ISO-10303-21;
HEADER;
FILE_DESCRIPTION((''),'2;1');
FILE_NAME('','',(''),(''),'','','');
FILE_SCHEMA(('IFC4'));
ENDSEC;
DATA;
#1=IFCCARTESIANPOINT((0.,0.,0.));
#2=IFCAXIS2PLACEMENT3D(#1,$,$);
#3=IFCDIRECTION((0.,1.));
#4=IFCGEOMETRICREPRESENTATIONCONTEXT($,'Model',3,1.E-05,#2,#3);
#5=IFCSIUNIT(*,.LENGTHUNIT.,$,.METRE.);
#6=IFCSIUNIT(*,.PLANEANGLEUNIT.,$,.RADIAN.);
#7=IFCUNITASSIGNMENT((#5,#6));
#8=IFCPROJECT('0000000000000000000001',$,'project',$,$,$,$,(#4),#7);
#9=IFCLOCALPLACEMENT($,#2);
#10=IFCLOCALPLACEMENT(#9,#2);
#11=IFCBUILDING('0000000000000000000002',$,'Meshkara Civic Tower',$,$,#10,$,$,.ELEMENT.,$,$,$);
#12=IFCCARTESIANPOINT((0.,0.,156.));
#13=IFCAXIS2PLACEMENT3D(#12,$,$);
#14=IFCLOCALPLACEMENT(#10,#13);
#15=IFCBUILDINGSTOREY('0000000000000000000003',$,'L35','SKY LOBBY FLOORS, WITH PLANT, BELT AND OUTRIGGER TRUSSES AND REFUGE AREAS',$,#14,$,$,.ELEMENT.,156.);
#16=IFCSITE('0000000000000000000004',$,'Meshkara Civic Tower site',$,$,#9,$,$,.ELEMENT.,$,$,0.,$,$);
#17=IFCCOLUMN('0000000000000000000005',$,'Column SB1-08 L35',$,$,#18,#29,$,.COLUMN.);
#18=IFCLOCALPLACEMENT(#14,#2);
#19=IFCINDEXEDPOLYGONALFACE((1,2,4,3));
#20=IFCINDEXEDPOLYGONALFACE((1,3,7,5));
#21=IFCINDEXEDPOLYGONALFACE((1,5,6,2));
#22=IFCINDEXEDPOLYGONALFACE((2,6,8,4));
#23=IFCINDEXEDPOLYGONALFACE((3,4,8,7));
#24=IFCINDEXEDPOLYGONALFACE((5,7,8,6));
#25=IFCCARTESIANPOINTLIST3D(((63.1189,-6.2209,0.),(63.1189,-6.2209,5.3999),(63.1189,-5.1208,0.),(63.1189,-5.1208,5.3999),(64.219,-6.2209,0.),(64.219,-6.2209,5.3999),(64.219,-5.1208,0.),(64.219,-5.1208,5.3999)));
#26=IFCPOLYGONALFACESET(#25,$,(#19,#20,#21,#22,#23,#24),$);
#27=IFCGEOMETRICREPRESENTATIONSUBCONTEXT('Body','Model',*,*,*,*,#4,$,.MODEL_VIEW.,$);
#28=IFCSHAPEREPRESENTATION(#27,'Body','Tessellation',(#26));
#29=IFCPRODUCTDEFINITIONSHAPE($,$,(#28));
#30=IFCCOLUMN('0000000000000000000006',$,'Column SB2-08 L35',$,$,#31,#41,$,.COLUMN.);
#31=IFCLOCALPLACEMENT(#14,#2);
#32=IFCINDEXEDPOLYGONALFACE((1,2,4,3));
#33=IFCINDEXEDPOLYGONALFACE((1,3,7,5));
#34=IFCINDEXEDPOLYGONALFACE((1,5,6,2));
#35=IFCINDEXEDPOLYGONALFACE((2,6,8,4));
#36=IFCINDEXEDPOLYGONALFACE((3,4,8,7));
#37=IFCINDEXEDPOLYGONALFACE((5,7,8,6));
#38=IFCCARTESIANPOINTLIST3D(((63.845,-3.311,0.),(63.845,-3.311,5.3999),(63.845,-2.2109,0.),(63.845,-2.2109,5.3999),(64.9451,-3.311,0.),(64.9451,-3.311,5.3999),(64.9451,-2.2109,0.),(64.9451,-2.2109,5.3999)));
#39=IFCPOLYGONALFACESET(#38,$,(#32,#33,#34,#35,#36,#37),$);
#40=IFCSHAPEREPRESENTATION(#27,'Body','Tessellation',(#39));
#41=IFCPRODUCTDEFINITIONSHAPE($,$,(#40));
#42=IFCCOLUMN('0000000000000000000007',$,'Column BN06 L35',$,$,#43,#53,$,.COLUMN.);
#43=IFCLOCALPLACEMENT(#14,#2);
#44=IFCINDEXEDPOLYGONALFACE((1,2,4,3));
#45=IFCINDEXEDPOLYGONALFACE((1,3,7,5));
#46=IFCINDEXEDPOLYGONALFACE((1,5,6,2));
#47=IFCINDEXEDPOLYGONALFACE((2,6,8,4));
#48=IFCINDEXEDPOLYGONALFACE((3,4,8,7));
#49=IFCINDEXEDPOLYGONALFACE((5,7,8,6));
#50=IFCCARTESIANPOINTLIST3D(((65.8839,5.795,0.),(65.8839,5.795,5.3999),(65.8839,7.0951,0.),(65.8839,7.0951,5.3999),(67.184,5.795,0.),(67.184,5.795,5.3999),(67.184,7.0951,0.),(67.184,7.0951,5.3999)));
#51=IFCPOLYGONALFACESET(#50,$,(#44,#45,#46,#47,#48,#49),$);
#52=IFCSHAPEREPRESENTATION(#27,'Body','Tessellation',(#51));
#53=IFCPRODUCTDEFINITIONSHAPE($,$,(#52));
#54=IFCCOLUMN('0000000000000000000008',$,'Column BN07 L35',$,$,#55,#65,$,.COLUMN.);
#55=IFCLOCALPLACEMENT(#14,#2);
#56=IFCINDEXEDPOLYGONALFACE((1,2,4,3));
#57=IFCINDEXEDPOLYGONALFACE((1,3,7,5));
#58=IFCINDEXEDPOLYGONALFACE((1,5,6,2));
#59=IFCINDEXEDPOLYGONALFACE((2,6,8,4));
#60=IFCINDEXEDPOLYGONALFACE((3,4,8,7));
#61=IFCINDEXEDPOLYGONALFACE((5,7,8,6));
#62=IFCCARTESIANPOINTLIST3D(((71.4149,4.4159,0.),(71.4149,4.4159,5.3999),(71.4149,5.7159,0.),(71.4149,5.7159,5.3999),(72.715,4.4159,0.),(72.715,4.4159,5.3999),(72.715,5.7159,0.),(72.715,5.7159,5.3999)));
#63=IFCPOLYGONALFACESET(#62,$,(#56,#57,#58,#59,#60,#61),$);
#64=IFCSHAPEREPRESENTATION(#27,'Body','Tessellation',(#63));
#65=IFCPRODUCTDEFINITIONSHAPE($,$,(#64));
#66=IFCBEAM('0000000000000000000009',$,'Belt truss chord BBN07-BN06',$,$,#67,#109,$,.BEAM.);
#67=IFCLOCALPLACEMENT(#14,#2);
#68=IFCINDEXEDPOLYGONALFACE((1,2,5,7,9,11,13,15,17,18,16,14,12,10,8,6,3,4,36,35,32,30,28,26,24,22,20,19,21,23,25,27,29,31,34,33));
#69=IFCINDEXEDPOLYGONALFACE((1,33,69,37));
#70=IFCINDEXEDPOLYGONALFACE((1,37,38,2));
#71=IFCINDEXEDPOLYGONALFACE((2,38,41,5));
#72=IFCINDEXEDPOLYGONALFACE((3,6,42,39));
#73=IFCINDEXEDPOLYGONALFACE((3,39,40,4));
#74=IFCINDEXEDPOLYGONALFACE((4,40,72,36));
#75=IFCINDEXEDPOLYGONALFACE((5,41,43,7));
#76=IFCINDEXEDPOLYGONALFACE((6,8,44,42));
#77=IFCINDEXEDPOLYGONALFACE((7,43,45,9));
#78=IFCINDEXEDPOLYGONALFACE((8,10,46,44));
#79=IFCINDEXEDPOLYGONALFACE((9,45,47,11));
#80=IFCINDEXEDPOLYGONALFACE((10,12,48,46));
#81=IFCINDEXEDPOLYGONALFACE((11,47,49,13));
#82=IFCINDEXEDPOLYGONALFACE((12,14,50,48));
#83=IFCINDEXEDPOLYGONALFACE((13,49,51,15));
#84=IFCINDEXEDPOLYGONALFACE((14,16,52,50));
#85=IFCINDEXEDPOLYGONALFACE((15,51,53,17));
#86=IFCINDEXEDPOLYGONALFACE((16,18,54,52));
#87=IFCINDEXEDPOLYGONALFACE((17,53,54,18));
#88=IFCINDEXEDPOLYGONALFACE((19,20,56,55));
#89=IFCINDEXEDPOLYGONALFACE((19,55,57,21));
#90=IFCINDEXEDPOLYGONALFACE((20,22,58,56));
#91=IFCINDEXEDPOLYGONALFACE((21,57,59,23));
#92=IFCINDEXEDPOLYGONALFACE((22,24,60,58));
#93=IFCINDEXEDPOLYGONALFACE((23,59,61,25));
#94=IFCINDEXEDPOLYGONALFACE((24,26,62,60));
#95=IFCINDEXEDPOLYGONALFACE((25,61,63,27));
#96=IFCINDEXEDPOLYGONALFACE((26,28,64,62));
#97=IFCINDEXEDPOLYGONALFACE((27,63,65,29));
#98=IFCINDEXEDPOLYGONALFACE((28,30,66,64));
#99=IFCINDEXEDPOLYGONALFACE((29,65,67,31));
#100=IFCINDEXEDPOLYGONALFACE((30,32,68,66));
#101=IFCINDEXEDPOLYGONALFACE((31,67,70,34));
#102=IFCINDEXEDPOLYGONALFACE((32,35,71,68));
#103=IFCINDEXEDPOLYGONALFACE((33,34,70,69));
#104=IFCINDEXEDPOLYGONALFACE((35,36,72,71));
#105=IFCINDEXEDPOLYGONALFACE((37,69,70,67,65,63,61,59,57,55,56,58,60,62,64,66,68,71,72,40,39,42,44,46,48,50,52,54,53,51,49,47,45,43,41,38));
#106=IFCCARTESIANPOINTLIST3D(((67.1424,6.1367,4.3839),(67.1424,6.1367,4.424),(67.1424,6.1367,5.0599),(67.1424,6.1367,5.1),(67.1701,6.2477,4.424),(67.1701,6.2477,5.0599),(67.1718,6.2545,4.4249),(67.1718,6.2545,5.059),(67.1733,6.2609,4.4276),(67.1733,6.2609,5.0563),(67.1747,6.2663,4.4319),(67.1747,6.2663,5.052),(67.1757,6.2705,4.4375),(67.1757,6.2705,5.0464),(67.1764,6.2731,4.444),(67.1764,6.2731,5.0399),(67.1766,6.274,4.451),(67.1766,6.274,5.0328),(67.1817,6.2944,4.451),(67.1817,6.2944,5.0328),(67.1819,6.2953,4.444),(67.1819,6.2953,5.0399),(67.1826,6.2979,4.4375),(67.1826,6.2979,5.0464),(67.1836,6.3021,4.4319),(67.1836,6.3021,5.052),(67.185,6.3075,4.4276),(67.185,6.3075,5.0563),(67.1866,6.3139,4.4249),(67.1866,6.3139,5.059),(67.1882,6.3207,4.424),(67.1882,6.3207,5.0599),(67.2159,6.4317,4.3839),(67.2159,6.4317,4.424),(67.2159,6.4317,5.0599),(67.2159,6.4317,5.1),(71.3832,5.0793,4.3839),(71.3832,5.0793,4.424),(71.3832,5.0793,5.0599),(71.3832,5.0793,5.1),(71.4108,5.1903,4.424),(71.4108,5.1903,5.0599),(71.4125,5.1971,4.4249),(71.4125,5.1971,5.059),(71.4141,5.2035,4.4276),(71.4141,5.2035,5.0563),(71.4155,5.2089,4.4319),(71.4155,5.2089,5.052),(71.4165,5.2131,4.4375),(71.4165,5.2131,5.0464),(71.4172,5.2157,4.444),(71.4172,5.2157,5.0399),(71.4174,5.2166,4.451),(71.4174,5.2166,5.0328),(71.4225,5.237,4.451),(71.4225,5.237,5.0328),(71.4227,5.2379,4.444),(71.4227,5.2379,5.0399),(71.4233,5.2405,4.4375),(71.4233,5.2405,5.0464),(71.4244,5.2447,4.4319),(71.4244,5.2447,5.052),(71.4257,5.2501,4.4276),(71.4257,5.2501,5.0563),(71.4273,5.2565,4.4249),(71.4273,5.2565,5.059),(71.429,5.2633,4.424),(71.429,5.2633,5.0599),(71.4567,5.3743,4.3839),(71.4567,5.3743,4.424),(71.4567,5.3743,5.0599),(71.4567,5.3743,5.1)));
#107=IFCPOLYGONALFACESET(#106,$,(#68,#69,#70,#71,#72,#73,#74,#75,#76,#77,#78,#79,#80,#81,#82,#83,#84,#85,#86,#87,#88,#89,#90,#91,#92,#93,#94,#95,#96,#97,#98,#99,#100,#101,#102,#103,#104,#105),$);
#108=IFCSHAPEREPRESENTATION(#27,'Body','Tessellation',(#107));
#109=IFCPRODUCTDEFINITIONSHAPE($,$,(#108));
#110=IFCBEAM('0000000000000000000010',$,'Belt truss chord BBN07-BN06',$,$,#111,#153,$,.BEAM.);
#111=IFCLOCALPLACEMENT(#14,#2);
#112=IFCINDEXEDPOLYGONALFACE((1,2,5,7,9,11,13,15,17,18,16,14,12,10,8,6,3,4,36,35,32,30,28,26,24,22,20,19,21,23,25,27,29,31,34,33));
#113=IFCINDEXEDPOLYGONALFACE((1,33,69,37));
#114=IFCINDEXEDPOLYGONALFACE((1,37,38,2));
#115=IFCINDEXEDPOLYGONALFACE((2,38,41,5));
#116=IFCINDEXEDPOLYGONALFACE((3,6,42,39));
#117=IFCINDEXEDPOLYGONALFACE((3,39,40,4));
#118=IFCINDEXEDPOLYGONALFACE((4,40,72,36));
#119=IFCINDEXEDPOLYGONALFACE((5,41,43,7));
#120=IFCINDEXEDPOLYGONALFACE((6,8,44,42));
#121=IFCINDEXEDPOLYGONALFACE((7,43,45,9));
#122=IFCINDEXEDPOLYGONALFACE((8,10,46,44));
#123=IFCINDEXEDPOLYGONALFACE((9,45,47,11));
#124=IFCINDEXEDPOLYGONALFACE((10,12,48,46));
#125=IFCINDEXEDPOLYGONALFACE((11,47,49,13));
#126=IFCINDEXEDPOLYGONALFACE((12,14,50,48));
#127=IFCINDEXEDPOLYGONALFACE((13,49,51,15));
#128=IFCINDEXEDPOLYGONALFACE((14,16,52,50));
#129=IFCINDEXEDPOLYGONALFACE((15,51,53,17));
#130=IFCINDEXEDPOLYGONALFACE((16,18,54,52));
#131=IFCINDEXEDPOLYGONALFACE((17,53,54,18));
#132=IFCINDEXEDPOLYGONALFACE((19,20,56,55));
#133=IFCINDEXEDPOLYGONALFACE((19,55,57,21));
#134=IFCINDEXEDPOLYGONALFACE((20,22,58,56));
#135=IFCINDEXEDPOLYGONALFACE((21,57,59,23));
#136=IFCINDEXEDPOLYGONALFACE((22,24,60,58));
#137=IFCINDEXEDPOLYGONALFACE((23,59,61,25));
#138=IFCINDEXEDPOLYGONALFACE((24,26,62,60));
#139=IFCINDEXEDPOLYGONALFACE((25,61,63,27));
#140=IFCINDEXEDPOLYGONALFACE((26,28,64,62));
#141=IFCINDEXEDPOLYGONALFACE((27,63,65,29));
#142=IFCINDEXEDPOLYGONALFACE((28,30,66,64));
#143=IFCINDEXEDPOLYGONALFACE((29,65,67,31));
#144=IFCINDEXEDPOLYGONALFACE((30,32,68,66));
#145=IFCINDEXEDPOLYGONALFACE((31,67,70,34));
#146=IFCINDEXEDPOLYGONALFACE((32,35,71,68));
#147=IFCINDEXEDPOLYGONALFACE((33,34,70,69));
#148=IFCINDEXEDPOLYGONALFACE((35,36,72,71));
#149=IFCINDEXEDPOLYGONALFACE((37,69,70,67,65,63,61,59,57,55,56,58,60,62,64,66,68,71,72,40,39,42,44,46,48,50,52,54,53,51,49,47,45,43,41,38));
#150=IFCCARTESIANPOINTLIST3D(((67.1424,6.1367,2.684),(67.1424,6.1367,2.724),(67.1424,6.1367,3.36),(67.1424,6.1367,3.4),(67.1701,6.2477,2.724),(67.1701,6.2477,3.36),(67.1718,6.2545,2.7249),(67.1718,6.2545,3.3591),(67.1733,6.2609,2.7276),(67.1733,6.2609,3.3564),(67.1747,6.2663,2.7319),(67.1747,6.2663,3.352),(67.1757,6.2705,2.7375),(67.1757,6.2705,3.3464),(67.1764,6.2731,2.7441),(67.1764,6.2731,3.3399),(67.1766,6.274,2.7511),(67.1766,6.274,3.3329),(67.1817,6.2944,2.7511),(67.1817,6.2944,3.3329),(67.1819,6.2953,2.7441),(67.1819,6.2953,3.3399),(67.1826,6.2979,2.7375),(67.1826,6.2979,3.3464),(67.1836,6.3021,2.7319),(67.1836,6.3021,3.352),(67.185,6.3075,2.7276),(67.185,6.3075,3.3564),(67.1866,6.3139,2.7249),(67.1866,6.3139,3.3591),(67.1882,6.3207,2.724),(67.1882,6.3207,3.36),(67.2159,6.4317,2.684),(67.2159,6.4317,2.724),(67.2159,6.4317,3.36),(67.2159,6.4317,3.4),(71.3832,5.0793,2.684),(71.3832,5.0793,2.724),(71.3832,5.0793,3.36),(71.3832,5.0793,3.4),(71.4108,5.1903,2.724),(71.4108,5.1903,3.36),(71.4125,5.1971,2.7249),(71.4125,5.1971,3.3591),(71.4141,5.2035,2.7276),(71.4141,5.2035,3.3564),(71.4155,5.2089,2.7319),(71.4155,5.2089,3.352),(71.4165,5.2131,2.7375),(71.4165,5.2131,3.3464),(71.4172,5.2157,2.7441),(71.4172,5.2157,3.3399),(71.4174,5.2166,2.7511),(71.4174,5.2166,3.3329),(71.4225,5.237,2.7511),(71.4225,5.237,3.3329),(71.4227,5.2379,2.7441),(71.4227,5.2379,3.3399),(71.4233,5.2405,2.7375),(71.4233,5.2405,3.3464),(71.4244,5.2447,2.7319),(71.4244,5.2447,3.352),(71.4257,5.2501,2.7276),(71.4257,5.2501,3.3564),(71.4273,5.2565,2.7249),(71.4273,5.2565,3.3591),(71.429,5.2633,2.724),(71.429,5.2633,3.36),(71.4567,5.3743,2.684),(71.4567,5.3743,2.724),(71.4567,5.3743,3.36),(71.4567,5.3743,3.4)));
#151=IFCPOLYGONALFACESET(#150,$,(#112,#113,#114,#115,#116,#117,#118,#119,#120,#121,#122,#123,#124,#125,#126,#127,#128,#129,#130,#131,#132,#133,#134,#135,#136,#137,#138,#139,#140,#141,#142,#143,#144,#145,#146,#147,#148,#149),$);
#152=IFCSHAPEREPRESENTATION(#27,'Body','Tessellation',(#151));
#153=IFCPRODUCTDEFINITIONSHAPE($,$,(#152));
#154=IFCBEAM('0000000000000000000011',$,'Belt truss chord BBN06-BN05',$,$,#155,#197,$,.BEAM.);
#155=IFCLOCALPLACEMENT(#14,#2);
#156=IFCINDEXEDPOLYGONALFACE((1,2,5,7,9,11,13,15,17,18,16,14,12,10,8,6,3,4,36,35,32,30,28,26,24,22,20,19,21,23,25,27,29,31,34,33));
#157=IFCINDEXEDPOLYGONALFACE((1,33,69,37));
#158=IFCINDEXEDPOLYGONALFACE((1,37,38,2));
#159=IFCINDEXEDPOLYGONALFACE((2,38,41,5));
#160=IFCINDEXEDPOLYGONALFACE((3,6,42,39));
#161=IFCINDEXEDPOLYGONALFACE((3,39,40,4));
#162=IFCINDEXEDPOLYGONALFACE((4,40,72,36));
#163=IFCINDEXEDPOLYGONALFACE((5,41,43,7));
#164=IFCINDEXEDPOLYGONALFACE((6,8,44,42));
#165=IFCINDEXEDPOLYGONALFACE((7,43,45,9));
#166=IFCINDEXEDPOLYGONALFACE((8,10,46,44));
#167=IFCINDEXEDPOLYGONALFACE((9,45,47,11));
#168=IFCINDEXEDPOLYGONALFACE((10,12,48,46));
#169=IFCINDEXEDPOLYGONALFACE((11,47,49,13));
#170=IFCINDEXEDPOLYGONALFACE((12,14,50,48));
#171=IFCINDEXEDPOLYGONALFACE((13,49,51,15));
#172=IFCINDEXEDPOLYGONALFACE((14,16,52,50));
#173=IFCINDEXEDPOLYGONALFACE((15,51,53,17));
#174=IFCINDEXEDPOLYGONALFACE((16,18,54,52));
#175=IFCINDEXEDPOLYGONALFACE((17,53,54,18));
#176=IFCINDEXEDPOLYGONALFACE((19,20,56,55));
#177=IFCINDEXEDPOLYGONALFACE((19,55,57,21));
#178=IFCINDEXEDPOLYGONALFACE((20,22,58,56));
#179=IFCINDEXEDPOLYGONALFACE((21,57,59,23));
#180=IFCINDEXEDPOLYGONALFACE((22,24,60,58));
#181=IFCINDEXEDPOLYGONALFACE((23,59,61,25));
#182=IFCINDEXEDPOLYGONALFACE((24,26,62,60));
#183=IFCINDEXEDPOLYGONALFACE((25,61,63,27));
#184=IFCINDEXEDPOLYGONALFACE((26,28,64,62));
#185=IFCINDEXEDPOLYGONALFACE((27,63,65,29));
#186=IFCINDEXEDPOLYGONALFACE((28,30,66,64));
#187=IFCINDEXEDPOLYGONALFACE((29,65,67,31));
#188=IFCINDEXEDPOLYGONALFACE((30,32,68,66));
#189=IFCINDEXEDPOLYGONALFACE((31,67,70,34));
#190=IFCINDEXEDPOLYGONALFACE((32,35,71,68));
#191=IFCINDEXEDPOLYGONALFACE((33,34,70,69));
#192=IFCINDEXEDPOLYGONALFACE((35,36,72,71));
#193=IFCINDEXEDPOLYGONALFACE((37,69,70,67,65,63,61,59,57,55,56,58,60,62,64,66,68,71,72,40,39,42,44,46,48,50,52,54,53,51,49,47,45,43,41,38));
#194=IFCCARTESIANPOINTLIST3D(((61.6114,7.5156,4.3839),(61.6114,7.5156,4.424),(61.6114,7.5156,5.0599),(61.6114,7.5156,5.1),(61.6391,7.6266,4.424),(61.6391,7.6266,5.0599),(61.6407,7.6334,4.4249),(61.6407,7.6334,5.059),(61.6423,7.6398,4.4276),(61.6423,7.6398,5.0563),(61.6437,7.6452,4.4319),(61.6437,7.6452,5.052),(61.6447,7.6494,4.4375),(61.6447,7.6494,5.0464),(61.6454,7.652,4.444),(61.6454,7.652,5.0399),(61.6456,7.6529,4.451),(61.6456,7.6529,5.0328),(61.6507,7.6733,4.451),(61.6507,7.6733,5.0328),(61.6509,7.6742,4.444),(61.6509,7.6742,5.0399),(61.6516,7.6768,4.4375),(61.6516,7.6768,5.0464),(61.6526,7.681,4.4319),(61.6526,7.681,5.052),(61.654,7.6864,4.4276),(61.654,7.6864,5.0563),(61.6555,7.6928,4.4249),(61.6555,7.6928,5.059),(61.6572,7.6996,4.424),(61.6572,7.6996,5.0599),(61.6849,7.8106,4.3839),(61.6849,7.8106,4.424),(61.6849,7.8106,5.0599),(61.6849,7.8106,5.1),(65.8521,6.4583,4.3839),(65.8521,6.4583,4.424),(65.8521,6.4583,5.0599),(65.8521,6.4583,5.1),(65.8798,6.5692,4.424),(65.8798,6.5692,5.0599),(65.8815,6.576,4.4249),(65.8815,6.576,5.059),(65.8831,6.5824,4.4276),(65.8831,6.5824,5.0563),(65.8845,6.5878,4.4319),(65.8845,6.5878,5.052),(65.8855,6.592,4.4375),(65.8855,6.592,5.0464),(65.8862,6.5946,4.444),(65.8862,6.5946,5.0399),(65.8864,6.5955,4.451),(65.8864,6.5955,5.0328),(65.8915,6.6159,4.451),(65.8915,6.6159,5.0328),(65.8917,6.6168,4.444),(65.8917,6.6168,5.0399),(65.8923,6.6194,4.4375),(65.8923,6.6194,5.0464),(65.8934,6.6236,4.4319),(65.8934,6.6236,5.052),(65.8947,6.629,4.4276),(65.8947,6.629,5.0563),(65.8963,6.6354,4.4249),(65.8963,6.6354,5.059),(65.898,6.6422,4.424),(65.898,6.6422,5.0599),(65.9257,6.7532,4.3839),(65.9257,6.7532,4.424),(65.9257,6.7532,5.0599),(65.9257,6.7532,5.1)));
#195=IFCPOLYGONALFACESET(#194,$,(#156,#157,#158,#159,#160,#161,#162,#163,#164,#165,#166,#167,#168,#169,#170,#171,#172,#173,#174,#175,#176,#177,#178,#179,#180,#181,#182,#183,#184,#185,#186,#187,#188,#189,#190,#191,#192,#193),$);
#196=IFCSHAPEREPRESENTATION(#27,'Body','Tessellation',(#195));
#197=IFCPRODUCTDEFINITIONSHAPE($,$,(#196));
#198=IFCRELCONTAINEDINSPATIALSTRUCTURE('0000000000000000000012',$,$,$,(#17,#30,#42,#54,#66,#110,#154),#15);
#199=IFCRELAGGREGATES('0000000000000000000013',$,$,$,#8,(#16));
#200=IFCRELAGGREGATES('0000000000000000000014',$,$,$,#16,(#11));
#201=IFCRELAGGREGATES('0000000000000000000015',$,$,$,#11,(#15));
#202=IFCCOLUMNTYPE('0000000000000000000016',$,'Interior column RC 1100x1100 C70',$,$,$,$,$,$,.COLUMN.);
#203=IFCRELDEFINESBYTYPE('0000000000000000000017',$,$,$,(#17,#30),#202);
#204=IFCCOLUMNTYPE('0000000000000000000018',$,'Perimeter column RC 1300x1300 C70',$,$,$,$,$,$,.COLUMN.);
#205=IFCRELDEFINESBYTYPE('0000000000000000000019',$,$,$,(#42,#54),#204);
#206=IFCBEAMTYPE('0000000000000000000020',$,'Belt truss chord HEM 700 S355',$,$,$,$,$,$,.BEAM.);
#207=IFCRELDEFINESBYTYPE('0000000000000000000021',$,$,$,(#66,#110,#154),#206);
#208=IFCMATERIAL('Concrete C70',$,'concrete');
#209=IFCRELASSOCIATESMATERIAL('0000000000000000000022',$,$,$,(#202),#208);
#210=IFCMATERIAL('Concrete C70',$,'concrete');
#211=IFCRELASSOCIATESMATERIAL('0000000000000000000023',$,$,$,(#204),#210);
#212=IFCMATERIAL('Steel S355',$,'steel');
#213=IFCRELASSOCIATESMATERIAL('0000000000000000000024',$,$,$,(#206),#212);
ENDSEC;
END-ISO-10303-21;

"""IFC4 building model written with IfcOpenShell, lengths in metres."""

from ifc_helpers import new_model, si_unit, direction, frame, origin, origin_2d, place, context, subcontext, project, spatial, rectangle, i_section, extrude, material, material_profile, profile_set, type_object, element, save


model = new_model("IFC4")

# Units and contexts
model_context = context("Model", 3, precision=1e-05, world=origin(), true_north=direction((0.0, 1.0)))
body_context = subcontext(model_context, "Body", "Model", "MODEL_VIEW")
ifc_project = project(units=[si_unit("LENGTHUNIT", "METRE"), si_unit("PLANEANGLEUNIT", "RADIAN")], contexts=[model_context])

# Site, building, storey
site_placement = place(None, origin())
site = spatial("IfcSite", under=ifc_project, at=site_placement, Name="Meshkara Civic Tower site", CompositionType="ELEMENT", RefElevation=0.0)
building_placement = place(site_placement, origin())
building = spatial("IfcBuilding", under=site, at=building_placement, Name="Meshkara Civic Tower", CompositionType="ELEMENT")
storey_placement = place(building_placement, frame((0.0, 0.0, 156.0)))
storey = spatial("IfcBuildingStorey", under=building, at=storey_placement, Name="L35", Description="SKY LOBBY FLOORS, WITH PLANT, BELT AND OUTRIGGER TRUSSES AND REFUGE AREAS", CompositionType="ELEMENT", Elevation=156.0)

# Columns
ifc_material_1 = material(Name="Concrete C70", Category="concrete")
ifc_material_profile_1 = material_profile(ifc_material_1, rectangle(XDim=1.1001, YDim=1.1001, at=origin_2d()))
ifc_profile_set_1 = profile_set([ifc_material_profile_1], Name="Concrete C70")
column_type_1 = type_object("IfcColumnType", Name="Interior column RC 1100x1100 C70", PredefinedType="COLUMN", material=ifc_profile_set_1)
for number, where, z_axis, x_axis, name in (
    (1, (63.6689, -5.6709, 0.0), (0.0, 0.0, 1.0), (1.0, 0.0, 0.0), "Column SB1-08 L35"),
    (2, (64.395, -2.761, 0.0), (0.0, 0.0, 1.0), (1.0, 0.0, 0.0), "Column SB2-08 L35"),
):
    element("IfcColumn", number, at=place(storey_placement, frame(where, z_axis=z_axis, x_axis=x_axis)), inside=storey, type_object=column_type_1, Name=name, PredefinedType="COLUMN", context=body_context, shape_type="SweptSolid", body=[
        extrude(rectangle(XDim=1.1001, YDim=1.1001, at=origin_2d()), origin(), (0.0, 0.0, 1.0), 5.3999),
    ])
ifc_material_2 = material(Name="Concrete C70", Category="concrete")
ifc_material_profile_2 = material_profile(ifc_material_2, rectangle(XDim=1.3, YDim=1.3, at=origin_2d()))
ifc_profile_set_2 = profile_set([ifc_material_profile_2], Name="Concrete C70")
column_type_2 = type_object("IfcColumnType", Name="Perimeter column RC 1300x1300 C70", PredefinedType="COLUMN", material=ifc_profile_set_2)
for number, where, z_axis, x_axis, name in (
    (3, (66.5339, 6.4451, 0.0), (0.0, 0.0, 1.0), (1.0, 0.0, 0.0), "Column BN06 L35"),
    (4, (72.0649, 5.0659, 0.0), (0.0, 0.0, 1.0), (1.0, 0.0, 0.0), "Column BN07 L35"),
):
    element("IfcColumn", number, at=place(storey_placement, frame(where, z_axis=z_axis, x_axis=x_axis)), inside=storey, type_object=column_type_2, Name=name, PredefinedType="COLUMN", context=body_context, shape_type="SweptSolid", body=[
        extrude(rectangle(XDim=1.3, YDim=1.3, at=origin_2d()), origin(), (0.0, 0.0, 1.0), 5.3999),
    ])

# Beams
ifc_material_3 = material(Name="Steel S355", Category="steel")
ifc_material_profile_3 = material_profile(ifc_material_3, i_section(OverallWidth=0.304, OverallDepth=0.7161, WebThickness=0.021, FlangeThickness=0.04, FilletRadius=0.0271, at=origin_2d()))
ifc_profile_set_3 = profile_set([ifc_material_profile_3], Name="Steel S355")
beam_type = type_object("IfcBeamType", Name="Belt truss chord HEM 700 S355", PredefinedType="BEAM", material=ifc_profile_set_3)
for number, where, z_axis, x_axis, name in (
    (5, (71.4199, 5.2268, 4.7419), (-0.970293, 0.241931, 0.0), (-0.241931, -0.970293, 0.0), "Belt truss chord BBN07-BN06"),
    (6, (71.4199, 5.2268, 3.042), (-0.970293, 0.241931, 0.0), (-0.241931, -0.970293, 0.0), "Belt truss chord BBN07-BN06"),
    (7, (65.8889, 6.6057, 4.7419), (-0.970293, 0.241931, 0.0), (-0.241931, -0.970293, 0.0), "Belt truss chord BBN06-BN05"),
):
    element("IfcBeam", number, at=place(storey_placement, frame(where, z_axis=z_axis, x_axis=x_axis)), inside=storey, type_object=beam_type, Name=name, PredefinedType="BEAM", context=body_context, shape_type="SweptSolid", body=[
        extrude(i_section(OverallWidth=0.304, OverallDepth=0.7161, WebThickness=0.021, FlangeThickness=0.04, FilletRadius=0.0271, at=origin_2d()), origin(), (0.0, 0.0, 1.0), 4.3706),
    ])

save(model, "model.ifc")
